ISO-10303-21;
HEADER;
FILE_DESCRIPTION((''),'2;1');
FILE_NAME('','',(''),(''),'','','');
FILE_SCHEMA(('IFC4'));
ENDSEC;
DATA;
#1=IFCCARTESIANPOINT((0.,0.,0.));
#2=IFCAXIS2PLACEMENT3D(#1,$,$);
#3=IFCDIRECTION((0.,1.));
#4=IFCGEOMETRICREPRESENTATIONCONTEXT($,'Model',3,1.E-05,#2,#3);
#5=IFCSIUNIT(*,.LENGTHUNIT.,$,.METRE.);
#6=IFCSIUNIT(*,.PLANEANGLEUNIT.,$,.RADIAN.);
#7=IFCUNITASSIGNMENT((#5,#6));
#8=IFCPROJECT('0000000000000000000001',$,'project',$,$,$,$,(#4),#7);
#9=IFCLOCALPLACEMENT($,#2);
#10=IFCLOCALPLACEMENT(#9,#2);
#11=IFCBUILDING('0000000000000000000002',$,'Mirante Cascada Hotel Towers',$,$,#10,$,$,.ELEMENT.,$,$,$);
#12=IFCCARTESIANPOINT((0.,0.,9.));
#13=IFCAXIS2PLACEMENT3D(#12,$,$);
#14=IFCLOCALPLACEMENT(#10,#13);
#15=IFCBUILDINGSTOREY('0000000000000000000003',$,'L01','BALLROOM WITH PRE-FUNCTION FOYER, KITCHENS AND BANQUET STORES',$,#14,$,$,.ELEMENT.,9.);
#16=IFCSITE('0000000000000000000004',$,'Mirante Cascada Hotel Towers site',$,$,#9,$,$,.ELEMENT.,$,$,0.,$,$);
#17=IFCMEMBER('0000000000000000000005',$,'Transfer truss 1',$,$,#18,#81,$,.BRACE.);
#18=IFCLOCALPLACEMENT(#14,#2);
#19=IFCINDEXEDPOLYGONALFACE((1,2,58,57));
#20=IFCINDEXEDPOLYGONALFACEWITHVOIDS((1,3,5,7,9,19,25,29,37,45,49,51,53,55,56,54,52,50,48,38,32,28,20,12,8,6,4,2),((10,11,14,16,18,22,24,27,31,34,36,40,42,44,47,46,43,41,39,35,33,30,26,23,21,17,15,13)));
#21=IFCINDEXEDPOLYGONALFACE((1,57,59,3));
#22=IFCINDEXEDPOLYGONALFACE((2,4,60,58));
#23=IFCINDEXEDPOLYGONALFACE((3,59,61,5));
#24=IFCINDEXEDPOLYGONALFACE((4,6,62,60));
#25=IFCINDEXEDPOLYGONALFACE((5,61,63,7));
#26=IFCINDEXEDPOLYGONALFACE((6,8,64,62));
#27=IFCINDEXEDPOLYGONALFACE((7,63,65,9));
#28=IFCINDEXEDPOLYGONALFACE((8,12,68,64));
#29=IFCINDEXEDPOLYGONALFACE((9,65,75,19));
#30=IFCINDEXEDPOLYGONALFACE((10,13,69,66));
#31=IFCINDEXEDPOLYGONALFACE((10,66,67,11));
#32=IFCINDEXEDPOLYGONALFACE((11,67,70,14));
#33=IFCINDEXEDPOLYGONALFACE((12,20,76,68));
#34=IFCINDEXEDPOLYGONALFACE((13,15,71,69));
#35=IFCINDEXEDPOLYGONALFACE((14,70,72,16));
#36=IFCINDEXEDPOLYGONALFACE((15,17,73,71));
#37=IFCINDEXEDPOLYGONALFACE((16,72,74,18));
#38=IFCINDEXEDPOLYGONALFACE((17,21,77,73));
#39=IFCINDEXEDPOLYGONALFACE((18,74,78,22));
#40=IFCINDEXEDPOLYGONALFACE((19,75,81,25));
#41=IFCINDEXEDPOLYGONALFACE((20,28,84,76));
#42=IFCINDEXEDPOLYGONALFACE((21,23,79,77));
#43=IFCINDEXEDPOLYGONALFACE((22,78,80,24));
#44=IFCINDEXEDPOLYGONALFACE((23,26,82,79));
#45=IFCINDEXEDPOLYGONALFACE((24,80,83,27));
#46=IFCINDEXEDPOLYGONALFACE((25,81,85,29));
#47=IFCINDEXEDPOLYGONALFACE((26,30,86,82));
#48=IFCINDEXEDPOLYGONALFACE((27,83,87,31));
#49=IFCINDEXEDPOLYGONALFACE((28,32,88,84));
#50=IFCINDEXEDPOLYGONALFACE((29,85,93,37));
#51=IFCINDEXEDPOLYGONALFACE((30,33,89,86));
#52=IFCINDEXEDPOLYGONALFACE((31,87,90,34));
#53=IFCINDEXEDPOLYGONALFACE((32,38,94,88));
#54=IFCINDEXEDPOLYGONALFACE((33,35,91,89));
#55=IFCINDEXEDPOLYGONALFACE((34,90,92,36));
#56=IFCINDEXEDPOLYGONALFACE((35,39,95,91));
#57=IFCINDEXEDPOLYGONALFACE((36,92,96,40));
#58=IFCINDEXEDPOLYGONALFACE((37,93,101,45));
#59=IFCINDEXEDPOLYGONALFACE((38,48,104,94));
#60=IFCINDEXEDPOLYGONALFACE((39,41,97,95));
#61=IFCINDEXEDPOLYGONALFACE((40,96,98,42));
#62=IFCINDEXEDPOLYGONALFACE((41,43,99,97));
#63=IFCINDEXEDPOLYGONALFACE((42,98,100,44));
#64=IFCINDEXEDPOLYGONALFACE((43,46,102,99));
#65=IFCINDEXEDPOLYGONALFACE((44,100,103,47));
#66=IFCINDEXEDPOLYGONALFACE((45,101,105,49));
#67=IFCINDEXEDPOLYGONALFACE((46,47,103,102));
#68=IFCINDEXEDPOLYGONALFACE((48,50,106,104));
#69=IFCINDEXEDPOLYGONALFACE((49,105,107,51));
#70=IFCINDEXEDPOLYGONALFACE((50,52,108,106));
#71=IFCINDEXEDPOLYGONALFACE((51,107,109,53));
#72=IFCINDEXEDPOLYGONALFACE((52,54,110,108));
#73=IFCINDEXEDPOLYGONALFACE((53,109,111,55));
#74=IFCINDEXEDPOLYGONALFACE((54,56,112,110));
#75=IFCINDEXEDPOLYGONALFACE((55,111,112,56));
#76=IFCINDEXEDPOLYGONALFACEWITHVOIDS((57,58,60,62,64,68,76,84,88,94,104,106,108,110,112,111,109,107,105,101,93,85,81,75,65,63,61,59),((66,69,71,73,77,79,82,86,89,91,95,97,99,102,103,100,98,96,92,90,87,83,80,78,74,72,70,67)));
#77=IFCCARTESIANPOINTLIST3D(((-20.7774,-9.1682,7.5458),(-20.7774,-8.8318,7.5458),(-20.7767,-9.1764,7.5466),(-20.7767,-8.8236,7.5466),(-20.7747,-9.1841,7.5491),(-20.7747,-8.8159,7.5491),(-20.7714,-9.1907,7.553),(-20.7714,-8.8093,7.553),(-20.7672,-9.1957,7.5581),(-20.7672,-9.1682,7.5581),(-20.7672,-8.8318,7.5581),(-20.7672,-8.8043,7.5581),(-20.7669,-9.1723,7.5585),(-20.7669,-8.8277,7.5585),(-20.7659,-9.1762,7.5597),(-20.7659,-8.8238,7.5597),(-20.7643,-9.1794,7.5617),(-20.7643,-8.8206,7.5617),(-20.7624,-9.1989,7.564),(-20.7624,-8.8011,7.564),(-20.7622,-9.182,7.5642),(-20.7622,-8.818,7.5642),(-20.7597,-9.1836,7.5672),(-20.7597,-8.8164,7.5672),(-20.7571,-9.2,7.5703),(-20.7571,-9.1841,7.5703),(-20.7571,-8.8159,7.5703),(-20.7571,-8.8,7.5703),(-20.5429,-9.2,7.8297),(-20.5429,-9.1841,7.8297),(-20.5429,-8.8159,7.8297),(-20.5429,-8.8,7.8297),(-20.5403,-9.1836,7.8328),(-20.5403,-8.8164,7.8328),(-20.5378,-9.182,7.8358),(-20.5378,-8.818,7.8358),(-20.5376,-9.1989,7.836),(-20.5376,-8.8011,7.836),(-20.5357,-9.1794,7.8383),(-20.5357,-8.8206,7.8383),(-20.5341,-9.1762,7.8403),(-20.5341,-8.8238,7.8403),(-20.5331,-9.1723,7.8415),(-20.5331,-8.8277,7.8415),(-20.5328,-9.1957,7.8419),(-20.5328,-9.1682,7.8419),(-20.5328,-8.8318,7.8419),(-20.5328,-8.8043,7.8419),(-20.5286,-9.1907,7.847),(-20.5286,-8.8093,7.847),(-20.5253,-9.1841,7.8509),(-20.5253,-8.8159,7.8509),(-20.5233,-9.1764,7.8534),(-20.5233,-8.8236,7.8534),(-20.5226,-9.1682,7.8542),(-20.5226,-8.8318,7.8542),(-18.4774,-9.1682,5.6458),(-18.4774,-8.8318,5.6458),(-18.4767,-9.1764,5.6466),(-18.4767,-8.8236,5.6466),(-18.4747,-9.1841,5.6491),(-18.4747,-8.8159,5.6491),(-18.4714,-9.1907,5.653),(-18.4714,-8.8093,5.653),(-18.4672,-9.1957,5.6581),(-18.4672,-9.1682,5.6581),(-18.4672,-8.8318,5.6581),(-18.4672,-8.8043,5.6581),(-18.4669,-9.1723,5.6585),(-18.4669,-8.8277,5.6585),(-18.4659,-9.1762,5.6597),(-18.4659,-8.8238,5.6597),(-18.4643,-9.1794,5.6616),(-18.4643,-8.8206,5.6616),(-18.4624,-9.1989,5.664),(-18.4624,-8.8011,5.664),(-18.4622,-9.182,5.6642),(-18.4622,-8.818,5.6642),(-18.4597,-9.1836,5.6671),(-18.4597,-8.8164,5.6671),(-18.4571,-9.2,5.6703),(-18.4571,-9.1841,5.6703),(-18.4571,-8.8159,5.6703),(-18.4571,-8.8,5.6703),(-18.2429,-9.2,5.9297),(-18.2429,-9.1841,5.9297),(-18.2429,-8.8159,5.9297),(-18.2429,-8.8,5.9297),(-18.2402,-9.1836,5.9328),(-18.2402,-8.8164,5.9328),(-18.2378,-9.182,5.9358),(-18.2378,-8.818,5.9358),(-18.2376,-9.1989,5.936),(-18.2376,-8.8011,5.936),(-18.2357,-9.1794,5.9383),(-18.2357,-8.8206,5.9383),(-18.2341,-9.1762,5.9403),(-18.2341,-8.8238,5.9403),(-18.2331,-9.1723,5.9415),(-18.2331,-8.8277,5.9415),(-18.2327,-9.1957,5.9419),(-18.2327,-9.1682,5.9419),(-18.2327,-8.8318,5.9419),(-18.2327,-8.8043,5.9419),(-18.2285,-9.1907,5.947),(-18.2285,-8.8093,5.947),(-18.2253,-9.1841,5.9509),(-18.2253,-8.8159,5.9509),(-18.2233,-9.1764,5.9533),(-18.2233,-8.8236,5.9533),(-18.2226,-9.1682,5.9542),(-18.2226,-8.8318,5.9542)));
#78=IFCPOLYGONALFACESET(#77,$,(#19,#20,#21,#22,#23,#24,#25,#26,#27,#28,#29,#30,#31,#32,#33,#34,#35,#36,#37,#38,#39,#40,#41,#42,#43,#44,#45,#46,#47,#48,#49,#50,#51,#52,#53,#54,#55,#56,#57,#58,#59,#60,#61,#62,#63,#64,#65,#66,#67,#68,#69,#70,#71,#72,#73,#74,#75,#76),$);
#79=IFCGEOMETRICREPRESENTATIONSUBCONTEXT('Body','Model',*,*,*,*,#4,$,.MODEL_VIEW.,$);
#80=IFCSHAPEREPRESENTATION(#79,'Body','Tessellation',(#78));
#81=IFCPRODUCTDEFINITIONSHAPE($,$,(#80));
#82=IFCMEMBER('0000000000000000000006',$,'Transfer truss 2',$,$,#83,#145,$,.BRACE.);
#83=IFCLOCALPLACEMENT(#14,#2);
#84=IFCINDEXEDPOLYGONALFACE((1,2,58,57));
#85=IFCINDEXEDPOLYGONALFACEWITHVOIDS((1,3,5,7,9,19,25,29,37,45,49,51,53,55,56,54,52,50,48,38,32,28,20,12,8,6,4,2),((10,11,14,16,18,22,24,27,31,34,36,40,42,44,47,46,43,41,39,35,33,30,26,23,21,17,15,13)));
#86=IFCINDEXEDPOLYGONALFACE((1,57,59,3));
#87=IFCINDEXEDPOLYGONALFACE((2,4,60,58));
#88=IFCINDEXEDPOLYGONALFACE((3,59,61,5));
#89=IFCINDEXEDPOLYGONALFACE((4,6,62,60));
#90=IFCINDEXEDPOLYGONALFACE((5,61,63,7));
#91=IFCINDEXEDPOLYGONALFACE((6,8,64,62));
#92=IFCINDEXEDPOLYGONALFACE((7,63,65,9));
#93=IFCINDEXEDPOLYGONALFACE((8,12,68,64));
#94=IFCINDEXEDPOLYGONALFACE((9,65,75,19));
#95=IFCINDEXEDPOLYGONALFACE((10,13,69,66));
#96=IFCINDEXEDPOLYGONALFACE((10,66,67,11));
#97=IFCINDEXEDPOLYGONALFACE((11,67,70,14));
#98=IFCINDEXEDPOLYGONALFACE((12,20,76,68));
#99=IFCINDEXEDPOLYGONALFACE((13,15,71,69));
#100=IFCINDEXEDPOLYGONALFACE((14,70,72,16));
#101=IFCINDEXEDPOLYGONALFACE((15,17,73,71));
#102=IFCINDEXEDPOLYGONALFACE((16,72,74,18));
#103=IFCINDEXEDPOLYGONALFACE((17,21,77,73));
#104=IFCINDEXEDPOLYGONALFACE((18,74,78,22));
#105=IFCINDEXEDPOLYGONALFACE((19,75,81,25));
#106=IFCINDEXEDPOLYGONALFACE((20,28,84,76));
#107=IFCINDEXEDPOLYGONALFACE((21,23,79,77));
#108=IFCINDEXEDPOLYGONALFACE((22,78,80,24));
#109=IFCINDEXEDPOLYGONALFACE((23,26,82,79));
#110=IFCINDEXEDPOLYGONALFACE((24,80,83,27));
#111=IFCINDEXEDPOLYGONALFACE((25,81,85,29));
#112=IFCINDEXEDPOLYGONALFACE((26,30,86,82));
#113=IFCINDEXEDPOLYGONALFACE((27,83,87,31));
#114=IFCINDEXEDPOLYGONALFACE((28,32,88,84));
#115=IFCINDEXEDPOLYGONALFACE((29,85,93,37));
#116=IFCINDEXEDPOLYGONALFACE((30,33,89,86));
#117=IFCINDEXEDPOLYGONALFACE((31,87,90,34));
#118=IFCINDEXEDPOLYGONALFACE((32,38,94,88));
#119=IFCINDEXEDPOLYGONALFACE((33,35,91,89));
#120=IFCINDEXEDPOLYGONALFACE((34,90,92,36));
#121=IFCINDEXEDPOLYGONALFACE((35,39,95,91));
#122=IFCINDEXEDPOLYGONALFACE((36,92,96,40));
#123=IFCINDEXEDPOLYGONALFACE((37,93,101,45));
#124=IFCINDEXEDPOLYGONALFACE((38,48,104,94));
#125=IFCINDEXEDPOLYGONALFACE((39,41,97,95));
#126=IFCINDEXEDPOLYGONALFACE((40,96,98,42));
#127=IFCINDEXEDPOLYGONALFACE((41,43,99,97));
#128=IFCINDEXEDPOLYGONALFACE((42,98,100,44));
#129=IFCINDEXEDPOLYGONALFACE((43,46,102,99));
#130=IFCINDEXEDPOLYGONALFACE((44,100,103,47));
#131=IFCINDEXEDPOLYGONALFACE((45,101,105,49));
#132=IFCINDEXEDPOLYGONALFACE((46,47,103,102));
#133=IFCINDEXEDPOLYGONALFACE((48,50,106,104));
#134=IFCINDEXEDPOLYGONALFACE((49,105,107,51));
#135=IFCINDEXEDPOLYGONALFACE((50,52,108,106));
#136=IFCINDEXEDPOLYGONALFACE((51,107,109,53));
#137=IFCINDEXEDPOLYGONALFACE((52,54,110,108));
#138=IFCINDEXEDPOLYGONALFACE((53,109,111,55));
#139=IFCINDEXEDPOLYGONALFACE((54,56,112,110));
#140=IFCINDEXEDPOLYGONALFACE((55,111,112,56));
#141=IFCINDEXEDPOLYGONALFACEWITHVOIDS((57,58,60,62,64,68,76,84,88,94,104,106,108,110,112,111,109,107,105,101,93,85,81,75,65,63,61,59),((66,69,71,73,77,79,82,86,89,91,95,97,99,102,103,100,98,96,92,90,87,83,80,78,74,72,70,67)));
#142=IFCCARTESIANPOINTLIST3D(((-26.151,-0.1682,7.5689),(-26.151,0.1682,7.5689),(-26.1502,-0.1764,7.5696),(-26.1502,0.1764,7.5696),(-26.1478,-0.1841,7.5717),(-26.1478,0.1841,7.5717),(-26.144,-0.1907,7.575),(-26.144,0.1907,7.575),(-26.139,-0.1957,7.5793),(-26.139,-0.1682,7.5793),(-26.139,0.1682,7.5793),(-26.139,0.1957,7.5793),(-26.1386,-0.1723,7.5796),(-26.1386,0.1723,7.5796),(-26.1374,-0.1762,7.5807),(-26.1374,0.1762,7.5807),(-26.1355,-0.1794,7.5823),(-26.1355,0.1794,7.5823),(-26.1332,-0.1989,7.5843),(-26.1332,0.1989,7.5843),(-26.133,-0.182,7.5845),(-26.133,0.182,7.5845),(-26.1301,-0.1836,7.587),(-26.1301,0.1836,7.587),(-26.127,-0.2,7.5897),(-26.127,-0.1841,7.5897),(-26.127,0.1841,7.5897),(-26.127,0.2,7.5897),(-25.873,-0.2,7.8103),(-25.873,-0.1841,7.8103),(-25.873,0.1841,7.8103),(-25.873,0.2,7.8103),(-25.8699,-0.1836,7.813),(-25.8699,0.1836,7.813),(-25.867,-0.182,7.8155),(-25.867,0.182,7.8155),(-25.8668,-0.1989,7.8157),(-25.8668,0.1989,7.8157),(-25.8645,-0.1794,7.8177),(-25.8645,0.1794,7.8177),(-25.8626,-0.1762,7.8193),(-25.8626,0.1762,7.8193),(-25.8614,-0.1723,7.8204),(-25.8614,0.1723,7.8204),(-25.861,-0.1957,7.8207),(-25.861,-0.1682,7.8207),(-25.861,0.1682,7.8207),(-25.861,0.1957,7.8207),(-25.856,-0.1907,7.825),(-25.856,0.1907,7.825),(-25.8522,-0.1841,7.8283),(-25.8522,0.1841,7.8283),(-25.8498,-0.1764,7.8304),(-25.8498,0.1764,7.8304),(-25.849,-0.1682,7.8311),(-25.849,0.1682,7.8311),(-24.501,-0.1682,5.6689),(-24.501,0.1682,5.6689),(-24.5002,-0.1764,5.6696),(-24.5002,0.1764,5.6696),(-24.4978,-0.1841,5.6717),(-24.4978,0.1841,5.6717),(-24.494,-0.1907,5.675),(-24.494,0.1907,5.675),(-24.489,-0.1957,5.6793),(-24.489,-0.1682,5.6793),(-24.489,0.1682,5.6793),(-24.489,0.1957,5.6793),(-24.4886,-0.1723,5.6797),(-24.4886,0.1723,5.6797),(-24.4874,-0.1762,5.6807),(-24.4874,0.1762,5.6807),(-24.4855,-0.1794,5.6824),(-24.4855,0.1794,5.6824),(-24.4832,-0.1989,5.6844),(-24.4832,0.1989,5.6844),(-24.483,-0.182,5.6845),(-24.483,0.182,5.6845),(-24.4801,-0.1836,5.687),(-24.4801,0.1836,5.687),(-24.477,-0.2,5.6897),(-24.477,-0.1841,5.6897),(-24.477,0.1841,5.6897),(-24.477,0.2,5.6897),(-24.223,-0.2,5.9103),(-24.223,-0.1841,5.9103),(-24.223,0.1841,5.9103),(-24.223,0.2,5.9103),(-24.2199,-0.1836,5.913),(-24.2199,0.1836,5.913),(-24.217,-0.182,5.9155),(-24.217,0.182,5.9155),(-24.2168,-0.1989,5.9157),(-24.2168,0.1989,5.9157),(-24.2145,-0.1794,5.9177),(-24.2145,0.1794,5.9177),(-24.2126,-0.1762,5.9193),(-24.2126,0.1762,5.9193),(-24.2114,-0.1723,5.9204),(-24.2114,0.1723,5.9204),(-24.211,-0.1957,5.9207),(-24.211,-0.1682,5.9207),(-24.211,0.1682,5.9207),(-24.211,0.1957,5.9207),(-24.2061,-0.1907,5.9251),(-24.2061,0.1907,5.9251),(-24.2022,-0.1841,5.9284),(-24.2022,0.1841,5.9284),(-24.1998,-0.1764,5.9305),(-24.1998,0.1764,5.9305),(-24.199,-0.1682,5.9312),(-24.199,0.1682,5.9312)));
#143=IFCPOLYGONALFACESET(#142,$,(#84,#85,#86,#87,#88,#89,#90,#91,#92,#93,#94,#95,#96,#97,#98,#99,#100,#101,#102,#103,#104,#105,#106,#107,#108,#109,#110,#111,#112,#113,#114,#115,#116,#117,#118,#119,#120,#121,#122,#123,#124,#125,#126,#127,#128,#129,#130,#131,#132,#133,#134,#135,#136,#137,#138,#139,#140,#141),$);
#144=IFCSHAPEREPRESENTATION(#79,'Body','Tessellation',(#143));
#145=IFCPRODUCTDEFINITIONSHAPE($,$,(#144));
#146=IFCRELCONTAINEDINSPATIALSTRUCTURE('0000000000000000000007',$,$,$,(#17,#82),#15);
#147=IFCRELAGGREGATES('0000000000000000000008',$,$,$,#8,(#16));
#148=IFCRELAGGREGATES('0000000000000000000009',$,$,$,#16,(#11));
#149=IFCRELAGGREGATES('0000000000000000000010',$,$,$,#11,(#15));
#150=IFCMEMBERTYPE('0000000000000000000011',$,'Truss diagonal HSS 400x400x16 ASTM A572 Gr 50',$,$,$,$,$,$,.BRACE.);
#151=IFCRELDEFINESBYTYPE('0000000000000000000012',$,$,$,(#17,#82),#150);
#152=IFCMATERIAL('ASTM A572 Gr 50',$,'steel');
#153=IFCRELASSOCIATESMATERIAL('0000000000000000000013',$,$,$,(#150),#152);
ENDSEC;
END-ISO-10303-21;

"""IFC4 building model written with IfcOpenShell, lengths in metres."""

from ifc_helpers import new_model, si_unit, direction, frame, origin, origin_2d, place, context, subcontext, project, spatial, hollow_rectangle, extrude, material, material_profile, profile_set, type_object, element, save


model = new_model("IFC4")

# Units and contexts
model_context = context("Model", 3, precision=1e-05, world=origin(), true_north=direction((0.0, 1.0)))
body_context = subcontext(model_context, "Body", "Model", "MODEL_VIEW")
ifc_project = project(units=[si_unit("LENGTHUNIT", "METRE"), si_unit("PLANEANGLEUNIT", "RADIAN")], contexts=[model_context])

# Site, building, storey
site_placement = place(None, origin())
site = spatial("IfcSite", under=ifc_project, at=site_placement, Name="Mirante Cascada Hotel Towers site", CompositionType="ELEMENT", RefElevation=0.0)
building_placement = place(site_placement, origin())
building = spatial("IfcBuilding", under=site, at=building_placement, Name="Mirante Cascada Hotel Towers", CompositionType="ELEMENT")
storey_placement = place(building_placement, frame((0.0, 0.0, 9.0)))
storey = spatial("IfcBuildingStorey", under=building, at=storey_placement, Name="L01", Description="BALLROOM WITH PRE-FUNCTION FOYER, KITCHENS AND BANQUET STORES", CompositionType="ELEMENT", Elevation=9.0)

# Members
ifc_material_1 = material(Name="ASTM A572 Gr 50", Category="steel")
ifc_material_profile_1 = material_profile(ifc_material_1, hollow_rectangle(XDim=0.4, YDim=0.4, WallThickness=0.0159, InnerFilletRadius=0.0159, OuterFilletRadius=0.0318, at=origin_2d()), Name="HSS 400x400x16")
ifc_profile_set_1 = profile_set([ifc_material_profile_1], Name="ASTM A572 Gr 50")
member_type_1 = type_object("IfcMemberType", Name="Truss diagonal HSS 400x400x16 ASTM A572 Gr 50", PredefinedType="BRACE", material=ifc_profile_set_1)
for number, where, z_axis, x_axis, name in (
    (1, (-20.65, -9.0, 7.7), (0.770962, 0.0, -0.636881), (0.0, 1.0, 0.0), "Transfer truss 1"),
):
    element("IfcMember", number, at=place(storey_placement, frame(where, z_axis=z_axis, x_axis=x_axis)), inside=storey, type_object=member_type_1, Name=name, PredefinedType="BRACE", context=body_context, shape_type="SweptSolid", body=[
        extrude(hollow_rectangle(XDim=0.4, YDim=0.4, WallThickness=0.0159, InnerFilletRadius=0.0159, OuterFilletRadius=0.0318, at=origin_2d()), origin(), (0.0, 0.0, 1.0), 2.9833),
    ])
member_1_placement = place(storey_placement, frame((-26.0, 0.0, 7.7), z_axis=(0.655687, 0.0, -0.755033), x_axis=(0.0, 1.0, 0.0)))
element("IfcMember", 2, at=member_1_placement, inside=storey, type_object=member_type_1, Name="Transfer truss 2", PredefinedType="BRACE", context=body_context, shape_type="SweptSolid", body=[
    extrude(hollow_rectangle(XDim=0.4, YDim=0.4, WallThickness=0.0159, InnerFilletRadius=0.0159, OuterFilletRadius=0.0318, at=origin_2d()), origin(), (0.0, 0.0, 1.0), 2.5164),
])

save(model, "model.ifc")
